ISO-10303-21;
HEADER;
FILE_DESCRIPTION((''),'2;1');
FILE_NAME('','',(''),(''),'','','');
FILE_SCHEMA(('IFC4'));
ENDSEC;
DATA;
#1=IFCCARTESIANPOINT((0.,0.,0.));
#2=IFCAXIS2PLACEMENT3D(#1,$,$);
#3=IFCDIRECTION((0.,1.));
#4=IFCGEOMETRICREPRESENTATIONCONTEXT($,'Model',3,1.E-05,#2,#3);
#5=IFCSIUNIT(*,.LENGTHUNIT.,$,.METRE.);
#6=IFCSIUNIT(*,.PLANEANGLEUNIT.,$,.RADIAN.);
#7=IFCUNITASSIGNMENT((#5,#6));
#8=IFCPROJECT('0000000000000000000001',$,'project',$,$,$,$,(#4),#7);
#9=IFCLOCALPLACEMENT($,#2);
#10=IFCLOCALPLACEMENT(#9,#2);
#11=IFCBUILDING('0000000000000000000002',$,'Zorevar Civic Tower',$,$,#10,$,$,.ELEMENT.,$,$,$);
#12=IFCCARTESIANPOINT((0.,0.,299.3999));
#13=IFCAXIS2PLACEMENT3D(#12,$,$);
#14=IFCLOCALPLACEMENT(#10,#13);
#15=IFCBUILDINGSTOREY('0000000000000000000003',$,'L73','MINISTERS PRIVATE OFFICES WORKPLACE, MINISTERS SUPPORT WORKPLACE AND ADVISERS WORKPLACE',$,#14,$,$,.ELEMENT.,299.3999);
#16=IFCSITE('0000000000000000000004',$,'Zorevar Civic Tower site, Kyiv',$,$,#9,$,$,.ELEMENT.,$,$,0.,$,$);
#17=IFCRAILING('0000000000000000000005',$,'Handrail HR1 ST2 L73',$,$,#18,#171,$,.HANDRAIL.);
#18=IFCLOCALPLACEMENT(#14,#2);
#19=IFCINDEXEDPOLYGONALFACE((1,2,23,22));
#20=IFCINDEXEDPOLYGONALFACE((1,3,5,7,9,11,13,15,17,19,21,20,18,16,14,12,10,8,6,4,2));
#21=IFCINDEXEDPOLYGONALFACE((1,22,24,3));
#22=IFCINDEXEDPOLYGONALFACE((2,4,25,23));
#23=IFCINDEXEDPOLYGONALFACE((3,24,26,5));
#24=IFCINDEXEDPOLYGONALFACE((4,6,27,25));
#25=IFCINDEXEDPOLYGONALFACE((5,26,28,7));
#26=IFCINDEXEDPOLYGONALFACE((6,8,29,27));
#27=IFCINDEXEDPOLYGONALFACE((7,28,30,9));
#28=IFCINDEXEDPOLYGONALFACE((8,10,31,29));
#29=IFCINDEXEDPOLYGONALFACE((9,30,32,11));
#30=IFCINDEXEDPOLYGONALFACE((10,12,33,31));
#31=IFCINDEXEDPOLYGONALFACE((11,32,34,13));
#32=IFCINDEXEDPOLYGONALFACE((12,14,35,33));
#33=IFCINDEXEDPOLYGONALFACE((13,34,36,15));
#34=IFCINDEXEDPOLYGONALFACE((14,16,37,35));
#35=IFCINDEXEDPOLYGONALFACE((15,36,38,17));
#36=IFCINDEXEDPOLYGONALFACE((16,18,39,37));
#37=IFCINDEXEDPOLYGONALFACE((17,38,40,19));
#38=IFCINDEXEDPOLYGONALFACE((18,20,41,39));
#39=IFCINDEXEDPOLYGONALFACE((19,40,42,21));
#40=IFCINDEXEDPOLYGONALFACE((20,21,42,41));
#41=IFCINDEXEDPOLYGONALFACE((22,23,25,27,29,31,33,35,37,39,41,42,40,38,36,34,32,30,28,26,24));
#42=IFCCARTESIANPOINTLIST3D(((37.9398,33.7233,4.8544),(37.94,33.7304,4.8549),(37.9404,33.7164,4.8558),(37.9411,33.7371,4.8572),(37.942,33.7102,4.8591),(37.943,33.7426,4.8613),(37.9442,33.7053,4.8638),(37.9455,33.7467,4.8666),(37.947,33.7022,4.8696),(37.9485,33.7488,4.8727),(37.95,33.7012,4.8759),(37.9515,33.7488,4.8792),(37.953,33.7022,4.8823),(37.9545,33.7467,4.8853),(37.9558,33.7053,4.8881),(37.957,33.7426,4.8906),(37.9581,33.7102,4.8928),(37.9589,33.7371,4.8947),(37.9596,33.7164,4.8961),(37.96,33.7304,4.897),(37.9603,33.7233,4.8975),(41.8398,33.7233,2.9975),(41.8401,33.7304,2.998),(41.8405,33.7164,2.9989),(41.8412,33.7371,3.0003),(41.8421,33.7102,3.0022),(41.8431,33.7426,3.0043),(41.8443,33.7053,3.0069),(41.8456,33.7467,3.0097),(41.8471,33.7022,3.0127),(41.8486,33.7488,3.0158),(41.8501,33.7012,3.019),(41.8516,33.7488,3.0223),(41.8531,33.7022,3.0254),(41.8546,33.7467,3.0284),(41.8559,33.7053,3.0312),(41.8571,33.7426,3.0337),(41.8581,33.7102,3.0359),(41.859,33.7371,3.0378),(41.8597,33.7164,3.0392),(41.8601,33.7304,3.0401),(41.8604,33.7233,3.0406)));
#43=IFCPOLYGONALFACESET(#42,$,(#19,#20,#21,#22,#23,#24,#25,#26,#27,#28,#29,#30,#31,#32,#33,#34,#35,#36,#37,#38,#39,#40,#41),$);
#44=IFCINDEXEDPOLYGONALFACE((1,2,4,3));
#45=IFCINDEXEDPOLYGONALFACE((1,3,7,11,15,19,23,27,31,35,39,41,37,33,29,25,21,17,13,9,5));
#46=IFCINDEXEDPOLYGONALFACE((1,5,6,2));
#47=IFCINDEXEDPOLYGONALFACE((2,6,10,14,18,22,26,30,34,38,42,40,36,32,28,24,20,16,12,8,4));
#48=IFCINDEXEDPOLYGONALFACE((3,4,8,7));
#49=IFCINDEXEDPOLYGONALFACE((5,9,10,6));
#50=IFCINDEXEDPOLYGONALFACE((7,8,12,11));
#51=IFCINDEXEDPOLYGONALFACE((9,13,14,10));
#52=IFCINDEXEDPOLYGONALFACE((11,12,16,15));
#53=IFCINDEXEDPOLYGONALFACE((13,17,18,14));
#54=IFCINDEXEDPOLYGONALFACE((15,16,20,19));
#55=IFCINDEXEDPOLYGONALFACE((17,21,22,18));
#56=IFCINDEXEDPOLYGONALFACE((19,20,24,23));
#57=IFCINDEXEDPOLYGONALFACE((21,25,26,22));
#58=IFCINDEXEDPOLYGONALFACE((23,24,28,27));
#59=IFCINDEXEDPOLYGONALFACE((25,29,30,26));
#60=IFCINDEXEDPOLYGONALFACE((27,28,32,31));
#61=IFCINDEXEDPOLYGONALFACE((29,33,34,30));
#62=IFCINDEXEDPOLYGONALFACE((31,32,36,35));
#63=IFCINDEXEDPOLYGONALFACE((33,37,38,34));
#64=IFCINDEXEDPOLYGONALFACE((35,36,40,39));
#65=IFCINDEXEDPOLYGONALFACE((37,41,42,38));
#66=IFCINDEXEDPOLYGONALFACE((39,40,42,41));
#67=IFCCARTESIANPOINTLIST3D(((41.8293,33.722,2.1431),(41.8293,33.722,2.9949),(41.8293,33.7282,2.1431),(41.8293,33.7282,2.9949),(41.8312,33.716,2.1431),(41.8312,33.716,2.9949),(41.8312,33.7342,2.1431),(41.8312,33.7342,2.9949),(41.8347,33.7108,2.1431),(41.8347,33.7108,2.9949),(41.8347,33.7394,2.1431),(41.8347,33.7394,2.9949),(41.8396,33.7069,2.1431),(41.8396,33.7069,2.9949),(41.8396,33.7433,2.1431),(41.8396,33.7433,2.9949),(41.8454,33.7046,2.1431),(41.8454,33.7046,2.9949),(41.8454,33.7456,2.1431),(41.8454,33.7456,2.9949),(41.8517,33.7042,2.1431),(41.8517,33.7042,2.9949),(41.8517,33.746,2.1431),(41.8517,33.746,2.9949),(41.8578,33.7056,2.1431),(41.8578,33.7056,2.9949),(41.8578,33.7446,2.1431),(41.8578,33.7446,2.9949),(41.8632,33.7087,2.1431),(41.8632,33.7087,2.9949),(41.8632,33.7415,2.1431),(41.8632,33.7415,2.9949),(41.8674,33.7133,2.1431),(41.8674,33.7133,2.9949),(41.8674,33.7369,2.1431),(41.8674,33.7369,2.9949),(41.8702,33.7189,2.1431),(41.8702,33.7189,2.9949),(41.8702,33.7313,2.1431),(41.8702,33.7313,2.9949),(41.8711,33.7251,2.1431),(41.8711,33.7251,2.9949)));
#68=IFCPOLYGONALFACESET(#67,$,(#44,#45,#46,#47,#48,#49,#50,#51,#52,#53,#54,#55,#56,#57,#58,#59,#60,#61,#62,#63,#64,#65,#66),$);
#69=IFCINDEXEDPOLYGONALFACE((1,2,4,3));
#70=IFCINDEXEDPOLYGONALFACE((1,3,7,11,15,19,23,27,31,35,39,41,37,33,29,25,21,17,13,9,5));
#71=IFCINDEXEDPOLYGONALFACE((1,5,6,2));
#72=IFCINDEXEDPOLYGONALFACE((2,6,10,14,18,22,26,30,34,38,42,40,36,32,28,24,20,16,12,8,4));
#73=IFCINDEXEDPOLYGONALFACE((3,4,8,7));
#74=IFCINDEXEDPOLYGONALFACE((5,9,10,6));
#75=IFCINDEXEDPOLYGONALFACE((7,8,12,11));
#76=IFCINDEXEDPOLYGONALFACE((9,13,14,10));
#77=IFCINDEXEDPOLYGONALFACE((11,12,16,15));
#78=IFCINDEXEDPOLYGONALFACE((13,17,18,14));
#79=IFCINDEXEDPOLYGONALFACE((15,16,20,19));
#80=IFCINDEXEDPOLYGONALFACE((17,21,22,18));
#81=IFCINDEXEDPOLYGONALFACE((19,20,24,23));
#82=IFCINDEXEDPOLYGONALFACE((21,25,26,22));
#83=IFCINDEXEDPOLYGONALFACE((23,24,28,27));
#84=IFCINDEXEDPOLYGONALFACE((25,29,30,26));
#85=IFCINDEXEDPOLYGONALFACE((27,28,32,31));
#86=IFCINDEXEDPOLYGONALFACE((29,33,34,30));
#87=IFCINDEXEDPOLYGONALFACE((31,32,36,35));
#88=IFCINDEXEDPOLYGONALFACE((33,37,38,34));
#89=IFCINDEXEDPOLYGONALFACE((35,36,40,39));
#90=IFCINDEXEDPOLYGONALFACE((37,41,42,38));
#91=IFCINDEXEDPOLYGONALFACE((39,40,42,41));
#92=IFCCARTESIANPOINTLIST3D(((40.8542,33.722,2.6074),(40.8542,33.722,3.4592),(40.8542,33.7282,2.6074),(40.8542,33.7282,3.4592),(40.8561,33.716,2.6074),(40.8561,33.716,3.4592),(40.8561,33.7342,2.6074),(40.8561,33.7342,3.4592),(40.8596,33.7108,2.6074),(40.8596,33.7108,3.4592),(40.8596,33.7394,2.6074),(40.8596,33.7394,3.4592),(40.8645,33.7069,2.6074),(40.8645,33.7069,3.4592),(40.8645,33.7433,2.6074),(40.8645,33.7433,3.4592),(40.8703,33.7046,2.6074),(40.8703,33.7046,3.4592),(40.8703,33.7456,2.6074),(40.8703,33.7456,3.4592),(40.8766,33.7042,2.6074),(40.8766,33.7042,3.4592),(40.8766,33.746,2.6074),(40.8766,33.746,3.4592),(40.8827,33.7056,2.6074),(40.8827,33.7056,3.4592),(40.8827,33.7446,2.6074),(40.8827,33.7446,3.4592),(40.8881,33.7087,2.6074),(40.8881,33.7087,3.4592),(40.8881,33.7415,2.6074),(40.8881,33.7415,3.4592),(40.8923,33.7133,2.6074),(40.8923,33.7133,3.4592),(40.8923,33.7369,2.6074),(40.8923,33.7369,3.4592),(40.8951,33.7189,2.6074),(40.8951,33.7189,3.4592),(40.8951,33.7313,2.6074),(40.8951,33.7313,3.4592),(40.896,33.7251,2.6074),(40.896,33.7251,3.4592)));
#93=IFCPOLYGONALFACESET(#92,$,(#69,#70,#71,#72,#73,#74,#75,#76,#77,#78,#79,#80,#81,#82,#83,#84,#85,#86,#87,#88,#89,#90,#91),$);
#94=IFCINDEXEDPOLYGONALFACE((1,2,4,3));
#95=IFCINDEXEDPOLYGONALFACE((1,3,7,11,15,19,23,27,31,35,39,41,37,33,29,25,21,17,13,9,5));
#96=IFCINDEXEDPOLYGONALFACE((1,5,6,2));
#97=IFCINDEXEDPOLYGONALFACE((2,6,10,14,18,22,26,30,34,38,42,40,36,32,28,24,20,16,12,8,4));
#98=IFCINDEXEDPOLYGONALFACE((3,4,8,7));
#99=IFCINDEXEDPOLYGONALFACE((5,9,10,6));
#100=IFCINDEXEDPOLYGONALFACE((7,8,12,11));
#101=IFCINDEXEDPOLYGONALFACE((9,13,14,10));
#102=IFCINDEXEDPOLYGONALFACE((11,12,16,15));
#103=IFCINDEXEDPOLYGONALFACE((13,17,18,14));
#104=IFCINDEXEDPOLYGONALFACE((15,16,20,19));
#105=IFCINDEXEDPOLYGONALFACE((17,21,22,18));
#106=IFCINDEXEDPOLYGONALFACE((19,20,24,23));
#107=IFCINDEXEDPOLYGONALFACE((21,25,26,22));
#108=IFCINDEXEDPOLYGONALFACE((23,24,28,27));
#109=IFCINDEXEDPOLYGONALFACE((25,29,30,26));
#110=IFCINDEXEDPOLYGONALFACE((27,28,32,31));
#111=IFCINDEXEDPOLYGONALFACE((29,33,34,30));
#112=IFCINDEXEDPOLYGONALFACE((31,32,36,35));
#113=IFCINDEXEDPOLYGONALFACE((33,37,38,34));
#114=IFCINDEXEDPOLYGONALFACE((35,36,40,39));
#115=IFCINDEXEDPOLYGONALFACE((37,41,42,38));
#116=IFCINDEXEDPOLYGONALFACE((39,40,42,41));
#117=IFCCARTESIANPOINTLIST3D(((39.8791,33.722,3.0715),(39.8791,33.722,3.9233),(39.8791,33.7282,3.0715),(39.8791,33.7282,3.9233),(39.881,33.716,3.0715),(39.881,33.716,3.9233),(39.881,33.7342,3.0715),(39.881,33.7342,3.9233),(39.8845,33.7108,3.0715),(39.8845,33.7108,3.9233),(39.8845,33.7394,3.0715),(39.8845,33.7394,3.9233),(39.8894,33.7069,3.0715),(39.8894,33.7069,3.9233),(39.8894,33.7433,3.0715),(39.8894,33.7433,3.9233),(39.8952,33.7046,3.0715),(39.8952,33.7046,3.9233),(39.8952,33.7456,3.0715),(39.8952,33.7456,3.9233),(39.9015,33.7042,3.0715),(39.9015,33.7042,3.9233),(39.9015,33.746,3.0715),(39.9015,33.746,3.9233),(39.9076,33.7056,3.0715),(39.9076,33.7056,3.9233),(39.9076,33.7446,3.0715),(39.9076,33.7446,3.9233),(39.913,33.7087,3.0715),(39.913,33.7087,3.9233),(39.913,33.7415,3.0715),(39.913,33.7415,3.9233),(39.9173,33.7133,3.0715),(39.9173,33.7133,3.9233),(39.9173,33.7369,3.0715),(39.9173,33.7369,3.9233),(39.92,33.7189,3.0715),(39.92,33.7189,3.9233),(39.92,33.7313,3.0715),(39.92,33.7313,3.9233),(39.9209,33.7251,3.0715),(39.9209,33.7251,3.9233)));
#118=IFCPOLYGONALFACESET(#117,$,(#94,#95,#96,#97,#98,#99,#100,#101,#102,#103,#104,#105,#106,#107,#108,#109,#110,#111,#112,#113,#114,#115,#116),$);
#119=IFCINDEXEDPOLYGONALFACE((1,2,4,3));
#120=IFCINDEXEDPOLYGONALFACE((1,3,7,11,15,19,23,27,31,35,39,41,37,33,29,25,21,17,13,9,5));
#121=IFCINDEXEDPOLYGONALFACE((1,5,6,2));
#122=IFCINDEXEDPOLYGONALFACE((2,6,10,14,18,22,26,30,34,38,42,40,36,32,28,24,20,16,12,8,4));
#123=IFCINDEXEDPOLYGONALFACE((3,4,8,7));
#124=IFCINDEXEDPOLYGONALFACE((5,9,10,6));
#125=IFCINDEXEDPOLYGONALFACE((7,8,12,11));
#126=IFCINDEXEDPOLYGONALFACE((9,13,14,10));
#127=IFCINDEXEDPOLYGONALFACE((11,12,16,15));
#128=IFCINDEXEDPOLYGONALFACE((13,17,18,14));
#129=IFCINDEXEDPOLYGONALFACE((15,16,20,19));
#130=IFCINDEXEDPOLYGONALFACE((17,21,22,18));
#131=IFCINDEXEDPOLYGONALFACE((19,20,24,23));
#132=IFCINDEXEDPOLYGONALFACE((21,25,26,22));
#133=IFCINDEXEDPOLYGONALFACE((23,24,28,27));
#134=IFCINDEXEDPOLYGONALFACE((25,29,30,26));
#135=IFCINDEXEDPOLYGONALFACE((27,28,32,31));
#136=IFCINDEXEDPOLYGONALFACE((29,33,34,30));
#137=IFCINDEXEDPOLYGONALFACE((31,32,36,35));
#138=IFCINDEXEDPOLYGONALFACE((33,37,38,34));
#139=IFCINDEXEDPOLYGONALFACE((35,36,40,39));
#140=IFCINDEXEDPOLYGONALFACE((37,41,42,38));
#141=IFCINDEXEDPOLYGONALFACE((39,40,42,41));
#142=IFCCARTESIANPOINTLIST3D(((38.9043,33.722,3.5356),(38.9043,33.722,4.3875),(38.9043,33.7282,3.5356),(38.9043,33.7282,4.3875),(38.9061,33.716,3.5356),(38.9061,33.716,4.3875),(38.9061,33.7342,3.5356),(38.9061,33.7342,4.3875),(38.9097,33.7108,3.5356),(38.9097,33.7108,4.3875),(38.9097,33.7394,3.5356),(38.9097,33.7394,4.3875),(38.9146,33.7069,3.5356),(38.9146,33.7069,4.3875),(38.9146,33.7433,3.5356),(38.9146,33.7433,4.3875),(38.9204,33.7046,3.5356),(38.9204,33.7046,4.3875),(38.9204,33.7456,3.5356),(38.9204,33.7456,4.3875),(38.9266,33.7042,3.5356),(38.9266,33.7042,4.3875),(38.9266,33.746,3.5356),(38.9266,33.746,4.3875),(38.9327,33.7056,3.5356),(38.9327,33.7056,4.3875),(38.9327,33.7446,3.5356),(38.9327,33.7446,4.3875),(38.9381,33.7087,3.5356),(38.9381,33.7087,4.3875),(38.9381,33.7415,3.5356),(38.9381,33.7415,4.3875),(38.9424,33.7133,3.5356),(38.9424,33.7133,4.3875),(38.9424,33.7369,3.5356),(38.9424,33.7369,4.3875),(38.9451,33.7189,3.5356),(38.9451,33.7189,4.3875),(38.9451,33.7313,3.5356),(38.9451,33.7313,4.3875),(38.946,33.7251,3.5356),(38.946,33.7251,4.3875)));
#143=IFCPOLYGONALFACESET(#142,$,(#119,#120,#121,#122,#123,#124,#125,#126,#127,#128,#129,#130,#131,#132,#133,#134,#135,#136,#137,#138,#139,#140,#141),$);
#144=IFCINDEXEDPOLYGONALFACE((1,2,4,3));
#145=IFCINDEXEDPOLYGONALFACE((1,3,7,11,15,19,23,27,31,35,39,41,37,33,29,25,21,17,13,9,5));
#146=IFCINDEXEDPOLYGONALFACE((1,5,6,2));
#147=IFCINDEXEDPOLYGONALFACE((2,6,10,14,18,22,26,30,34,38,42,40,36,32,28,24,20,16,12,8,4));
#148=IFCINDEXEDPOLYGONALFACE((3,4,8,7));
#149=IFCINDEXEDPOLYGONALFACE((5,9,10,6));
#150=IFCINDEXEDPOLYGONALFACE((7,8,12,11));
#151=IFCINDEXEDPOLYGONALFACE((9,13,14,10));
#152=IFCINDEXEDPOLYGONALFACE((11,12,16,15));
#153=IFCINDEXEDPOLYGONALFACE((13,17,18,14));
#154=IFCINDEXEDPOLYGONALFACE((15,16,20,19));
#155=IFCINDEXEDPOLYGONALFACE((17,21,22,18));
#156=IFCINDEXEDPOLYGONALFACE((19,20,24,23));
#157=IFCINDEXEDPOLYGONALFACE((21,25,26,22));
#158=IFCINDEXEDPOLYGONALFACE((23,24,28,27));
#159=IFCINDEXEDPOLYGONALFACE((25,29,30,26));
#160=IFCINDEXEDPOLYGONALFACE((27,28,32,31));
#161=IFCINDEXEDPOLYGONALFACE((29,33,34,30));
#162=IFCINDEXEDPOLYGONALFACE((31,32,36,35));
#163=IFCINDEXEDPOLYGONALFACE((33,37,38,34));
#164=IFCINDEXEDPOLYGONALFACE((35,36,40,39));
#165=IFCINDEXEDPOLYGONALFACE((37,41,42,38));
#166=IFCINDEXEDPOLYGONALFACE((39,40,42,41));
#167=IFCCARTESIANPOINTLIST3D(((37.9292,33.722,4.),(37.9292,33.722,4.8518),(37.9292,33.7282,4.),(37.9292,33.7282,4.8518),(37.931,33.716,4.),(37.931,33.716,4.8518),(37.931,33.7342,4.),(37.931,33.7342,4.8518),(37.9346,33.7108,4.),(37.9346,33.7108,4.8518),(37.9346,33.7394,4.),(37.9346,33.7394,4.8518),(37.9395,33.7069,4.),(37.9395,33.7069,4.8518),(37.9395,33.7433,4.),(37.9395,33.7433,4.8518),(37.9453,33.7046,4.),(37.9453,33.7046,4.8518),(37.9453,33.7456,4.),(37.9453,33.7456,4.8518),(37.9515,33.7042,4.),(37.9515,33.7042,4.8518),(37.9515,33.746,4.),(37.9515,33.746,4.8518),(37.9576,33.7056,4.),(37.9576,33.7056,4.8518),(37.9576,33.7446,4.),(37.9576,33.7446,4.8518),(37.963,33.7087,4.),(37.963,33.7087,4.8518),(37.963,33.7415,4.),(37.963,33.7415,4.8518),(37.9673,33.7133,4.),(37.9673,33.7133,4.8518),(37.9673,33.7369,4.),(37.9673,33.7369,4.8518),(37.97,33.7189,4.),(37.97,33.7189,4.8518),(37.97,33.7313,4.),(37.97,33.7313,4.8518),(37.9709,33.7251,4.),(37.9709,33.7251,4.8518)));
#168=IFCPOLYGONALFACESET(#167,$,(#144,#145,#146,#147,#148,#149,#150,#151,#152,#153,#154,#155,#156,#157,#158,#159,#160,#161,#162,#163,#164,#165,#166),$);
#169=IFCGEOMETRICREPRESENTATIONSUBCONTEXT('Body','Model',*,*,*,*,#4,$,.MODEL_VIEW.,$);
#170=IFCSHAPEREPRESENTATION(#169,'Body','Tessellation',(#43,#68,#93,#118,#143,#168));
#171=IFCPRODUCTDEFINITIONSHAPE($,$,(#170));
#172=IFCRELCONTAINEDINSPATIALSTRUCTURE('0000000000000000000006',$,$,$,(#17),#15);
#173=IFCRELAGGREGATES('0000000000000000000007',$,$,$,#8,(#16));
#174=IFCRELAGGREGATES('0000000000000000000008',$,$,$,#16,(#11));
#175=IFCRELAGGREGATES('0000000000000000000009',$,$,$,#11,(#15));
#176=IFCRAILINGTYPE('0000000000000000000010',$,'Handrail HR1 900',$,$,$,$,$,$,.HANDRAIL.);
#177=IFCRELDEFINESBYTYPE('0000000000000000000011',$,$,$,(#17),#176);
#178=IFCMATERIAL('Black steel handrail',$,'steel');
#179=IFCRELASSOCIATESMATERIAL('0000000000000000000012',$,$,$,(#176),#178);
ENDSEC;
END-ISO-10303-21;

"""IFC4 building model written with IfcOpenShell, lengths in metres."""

from ifc_helpers import new_model, si_unit, direction, frame, origin, origin_2d, place, context, subcontext, project, spatial, circle, extrude, material, type_object, element, save


model = new_model("IFC4")

# Units and contexts
model_context = context("Model", 3, precision=1e-05, world=origin(), true_north=direction((0.0, 1.0)))
body_context = subcontext(model_context, "Body", "Model", "MODEL_VIEW")
ifc_project = project(units=[si_unit("LENGTHUNIT", "METRE"), si_unit("PLANEANGLEUNIT", "RADIAN")], contexts=[model_context])

# Site, building, storey
site_placement = place(None, origin())
site = spatial("IfcSite", under=ifc_project, at=site_placement, Name="Zorevar Civic Tower site, Kyiv", CompositionType="ELEMENT", RefElevation=0.0)
building_placement = place(site_placement, origin())
building = spatial("IfcBuilding", under=site, at=building_placement, Name="Zorevar Civic Tower", CompositionType="ELEMENT")
storey_placement = place(building_placement, frame((0.0, 0.0, 299.3999)))
storey = spatial("IfcBuildingStorey", under=building, at=storey_placement, Name="L73", Description="MINISTERS PRIVATE OFFICES WORKPLACE, MINISTERS SUPPORT WORKPLACE AND ADVISERS WORKPLACE", CompositionType="ELEMENT", Elevation=299.3999)

# Railing
ifc_material_1 = material(Name="Black steel handrail", Category="steel")
railing_type = type_object("IfcRailingType", Name="Handrail HR1 900", PredefinedType="HANDRAIL", material=ifc_material_1)
railing_1_placement = place(storey_placement, frame((41.8501, 33.7251, 2.1431)))
element("IfcRailing", 1, at=railing_1_placement, inside=storey, type_object=railing_type, Name="Handrail HR1 ST2 L73", PredefinedType="HANDRAIL", context=body_context, shape_type="SweptSolid", body=[
    extrude(circle(Radius=0.0239, at=origin_2d()), frame((0.0, 0.0, 0.876), z_axis=(-0.902886, 0.0, 0.429881), x_axis=(0.0, -1.0, 0.0)), (0.0, 0.0, 1.0), 4.3196),
    extrude(circle(Radius=0.021, at=origin_2d()), origin(), (0.0, 0.0, 1.0), 0.8518),
    extrude(circle(Radius=0.021, at=origin_2d()), frame((-0.9751, 0.0, 0.4644)), (0.0, 0.0, 1.0), 0.8518),
    extrude(circle(Radius=0.021, at=origin_2d()), frame((-1.9502, 0.0, 0.9285)), (0.0, 0.0, 1.0), 0.8518),
    extrude(circle(Radius=0.021, at=origin_2d()), frame((-2.925, 0.0, 1.3926)), (0.0, 0.0, 1.0), 0.8518),
    extrude(circle(Radius=0.021, at=origin_2d()), frame((-3.9001, 0.0, 1.8569)), (0.0, 0.0, 1.0), 0.8518),
])

save(model, "model.ifc")
